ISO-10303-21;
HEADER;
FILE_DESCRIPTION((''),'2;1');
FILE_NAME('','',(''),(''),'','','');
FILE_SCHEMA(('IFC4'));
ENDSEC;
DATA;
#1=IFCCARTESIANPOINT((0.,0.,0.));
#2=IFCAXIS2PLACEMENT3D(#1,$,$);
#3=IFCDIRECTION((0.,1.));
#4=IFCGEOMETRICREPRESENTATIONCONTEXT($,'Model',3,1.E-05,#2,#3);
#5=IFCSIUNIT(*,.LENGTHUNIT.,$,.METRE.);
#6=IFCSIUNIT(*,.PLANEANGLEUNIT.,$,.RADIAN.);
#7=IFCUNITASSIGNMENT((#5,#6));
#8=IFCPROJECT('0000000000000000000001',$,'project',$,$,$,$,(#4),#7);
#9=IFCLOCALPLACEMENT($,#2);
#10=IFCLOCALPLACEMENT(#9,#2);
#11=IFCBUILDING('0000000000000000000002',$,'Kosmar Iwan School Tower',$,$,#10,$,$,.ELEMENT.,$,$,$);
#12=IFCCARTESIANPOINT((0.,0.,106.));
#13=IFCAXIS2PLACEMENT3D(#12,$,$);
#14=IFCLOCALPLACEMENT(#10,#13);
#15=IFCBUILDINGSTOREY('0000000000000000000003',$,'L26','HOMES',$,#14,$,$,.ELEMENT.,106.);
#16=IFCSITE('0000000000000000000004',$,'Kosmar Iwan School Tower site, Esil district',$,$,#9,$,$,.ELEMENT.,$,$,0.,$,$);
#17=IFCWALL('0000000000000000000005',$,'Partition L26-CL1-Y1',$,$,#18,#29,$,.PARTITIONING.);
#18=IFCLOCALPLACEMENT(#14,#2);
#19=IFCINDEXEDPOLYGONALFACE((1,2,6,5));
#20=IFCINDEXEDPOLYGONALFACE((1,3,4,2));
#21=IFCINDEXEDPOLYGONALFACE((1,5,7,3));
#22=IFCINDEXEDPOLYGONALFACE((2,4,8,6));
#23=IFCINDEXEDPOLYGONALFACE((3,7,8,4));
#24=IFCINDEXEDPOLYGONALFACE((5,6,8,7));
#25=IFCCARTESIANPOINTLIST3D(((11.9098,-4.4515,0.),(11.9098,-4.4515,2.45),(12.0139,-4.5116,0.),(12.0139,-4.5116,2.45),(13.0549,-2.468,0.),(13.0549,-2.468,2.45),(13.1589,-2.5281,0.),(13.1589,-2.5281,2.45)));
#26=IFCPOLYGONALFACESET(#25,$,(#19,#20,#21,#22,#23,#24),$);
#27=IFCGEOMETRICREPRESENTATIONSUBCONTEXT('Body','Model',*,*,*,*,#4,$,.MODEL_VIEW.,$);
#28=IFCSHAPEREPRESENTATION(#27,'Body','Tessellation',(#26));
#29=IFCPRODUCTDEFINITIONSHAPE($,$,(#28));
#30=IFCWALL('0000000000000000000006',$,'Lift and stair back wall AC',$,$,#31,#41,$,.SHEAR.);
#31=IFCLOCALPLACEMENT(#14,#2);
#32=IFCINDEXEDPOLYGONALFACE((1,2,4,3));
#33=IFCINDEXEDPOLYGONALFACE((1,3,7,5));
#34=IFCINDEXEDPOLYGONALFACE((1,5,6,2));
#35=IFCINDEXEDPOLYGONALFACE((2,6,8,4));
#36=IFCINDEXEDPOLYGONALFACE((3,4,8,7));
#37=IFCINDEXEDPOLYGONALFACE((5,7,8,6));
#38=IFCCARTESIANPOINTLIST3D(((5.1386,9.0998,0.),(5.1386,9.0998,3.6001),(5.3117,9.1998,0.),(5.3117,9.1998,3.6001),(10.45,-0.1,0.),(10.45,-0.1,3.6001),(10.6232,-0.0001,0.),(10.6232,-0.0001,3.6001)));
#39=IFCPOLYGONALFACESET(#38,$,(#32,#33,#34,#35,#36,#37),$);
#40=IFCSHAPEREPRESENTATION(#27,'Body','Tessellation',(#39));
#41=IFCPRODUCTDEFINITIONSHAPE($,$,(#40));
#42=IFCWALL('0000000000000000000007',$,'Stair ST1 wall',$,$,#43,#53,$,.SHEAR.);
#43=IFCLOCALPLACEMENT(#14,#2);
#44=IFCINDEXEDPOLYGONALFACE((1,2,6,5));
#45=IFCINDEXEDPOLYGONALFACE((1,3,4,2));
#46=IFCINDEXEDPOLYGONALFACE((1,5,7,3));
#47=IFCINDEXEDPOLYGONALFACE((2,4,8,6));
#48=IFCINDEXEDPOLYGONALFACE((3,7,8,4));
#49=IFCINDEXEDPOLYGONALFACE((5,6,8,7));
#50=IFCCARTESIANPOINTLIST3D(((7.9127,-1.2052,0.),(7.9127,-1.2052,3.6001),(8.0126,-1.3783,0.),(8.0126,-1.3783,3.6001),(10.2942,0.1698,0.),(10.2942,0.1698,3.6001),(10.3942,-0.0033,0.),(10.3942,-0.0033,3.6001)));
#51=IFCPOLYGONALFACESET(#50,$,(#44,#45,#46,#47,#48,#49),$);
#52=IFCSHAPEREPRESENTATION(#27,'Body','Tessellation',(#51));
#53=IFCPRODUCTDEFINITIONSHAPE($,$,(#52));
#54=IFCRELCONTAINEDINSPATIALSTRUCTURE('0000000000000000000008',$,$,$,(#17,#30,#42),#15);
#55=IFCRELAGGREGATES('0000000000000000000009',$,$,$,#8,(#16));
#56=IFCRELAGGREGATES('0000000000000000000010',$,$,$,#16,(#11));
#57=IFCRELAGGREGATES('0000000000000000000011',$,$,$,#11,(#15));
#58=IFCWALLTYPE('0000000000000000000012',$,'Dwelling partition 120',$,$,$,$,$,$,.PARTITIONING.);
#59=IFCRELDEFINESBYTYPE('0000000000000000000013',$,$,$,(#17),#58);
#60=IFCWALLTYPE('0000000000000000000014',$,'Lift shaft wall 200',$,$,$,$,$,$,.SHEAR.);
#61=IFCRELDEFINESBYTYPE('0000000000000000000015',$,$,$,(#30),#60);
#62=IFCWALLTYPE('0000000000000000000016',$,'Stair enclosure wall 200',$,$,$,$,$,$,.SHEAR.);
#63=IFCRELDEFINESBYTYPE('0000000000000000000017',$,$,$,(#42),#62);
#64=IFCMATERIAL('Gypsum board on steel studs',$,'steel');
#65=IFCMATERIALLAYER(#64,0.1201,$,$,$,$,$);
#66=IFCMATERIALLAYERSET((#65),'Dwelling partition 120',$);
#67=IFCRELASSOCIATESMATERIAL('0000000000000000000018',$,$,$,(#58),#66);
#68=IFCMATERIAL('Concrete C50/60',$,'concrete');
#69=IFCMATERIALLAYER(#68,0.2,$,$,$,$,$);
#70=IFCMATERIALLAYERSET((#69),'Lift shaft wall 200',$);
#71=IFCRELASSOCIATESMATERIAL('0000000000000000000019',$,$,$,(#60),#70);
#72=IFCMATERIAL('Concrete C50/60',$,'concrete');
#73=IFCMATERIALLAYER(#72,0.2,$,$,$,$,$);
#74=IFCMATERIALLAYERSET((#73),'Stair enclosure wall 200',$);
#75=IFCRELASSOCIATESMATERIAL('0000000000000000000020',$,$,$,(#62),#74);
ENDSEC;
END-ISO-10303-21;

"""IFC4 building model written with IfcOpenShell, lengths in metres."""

from ifc_helpers import new_model, si_unit, direction, frame, frame_2d, origin, place, context, subcontext, project, spatial, rectangle, extrude, material, layer, layer_set, type_object, element, save


model = new_model("IFC4")

# Units and contexts
model_context = context("Model", 3, precision=1e-05, world=origin(), true_north=direction((0.0, 1.0)))
body_context = subcontext(model_context, "Body", "Model", "MODEL_VIEW")
ifc_project = project(units=[si_unit("LENGTHUNIT", "METRE"), si_unit("PLANEANGLEUNIT", "RADIAN")], contexts=[model_context])

# Site, building, storey
site_placement = place(None, origin())
site = spatial("IfcSite", under=ifc_project, at=site_placement, Name="Kosmar Iwan School Tower site, Esil district", CompositionType="ELEMENT", RefElevation=0.0)
building_placement = place(site_placement, origin())
building = spatial("IfcBuilding", under=site, at=building_placement, Name="Kosmar Iwan School Tower", CompositionType="ELEMENT")
storey_placement = place(building_placement, frame((0.0, 0.0, 106.0)))
storey = spatial("IfcBuildingStorey", under=building, at=storey_placement, Name="L26", Description="HOMES", CompositionType="ELEMENT", Elevation=106.0)

# Shared definitions
ifc_material_1 = material(Name="Gypsum board on steel studs", Category="steel")
ifc_layer_1 = layer(ifc_material_1, 0.1201)
ifc_layer_set_1 = layer_set([ifc_layer_1], Name="Dwelling partition 120")
wall_type_1 = type_object("IfcWallType", Name="Dwelling partition 120", PredefinedType="PARTITIONING", material=ifc_layer_set_1)

# Walls
wall_1_placement = place(storey_placement, frame((11.9619, -4.4814, 0.0), z_axis=(0.0, 0.0, 1.0), x_axis=(0.499969, 0.866044, 0.0)))
element("IfcWall", 1, at=wall_1_placement, inside=storey, type_object=wall_type_1, Name="Partition L26-CL1-Y1", PredefinedType="PARTITIONING", context=body_context, shape_type="SweptSolid", body=[
    extrude(rectangle(XDim=2.2903, YDim=0.1201, at=frame_2d((1.145, 0.0))), origin(), (0.0, 0.0, 1.0), 2.45),
])
ifc_material_2 = material(Name="Concrete C50/60", Category="concrete")
ifc_layer_2 = layer(ifc_material_2, 0.2)
ifc_layer_set_2 = layer_set([ifc_layer_2], Name="Lift shaft wall 200")
wall_type_2 = type_object("IfcWallType", Name="Lift shaft wall 200", PredefinedType="SHEAR", material=ifc_layer_set_2)
wall_2_placement = place(storey_placement, frame((10.5366, -0.05, 0.0), z_axis=(0.0, 0.0, 1.0), x_axis=(-0.499995, 0.866028, 0.0)))
element("IfcWall", 2, at=wall_2_placement, inside=storey, type_object=wall_type_2, Name="Lift and stair back wall AC", PredefinedType="SHEAR", context=body_context, shape_type="SweptSolid", body=[
    extrude(rectangle(XDim=10.623, YDim=0.2, at=frame_2d((5.3115, 0.0))), origin(), (0.0, 0.0, 1.0), 3.6001),
])
ifc_material_3 = material(Name="Concrete C50/60", Category="concrete")
ifc_layer_3 = layer(ifc_material_3, 0.2)
ifc_layer_set_3 = layer_set([ifc_layer_3], Name="Stair enclosure wall 200")
wall_type_3 = type_object("IfcWallType", Name="Stair enclosure wall 200", PredefinedType="SHEAR", material=ifc_layer_set_3)
wall_3_placement = place(storey_placement, frame((7.9626, -1.2917, 0.0), z_axis=(0.0, 0.0, 1.0), x_axis=(0.866027, 0.499997, 0.0)))
element("IfcWall", 3, at=wall_3_placement, inside=storey, type_object=wall_type_3, Name="Stair ST1 wall", PredefinedType="SHEAR", context=body_context, shape_type="SweptSolid", body=[
    extrude(rectangle(XDim=2.75, YDim=0.2, at=frame_2d((1.375, 0.0))), origin(), (0.0, 0.0, 1.0), 3.6001),
])

save(model, "model.ifc")
